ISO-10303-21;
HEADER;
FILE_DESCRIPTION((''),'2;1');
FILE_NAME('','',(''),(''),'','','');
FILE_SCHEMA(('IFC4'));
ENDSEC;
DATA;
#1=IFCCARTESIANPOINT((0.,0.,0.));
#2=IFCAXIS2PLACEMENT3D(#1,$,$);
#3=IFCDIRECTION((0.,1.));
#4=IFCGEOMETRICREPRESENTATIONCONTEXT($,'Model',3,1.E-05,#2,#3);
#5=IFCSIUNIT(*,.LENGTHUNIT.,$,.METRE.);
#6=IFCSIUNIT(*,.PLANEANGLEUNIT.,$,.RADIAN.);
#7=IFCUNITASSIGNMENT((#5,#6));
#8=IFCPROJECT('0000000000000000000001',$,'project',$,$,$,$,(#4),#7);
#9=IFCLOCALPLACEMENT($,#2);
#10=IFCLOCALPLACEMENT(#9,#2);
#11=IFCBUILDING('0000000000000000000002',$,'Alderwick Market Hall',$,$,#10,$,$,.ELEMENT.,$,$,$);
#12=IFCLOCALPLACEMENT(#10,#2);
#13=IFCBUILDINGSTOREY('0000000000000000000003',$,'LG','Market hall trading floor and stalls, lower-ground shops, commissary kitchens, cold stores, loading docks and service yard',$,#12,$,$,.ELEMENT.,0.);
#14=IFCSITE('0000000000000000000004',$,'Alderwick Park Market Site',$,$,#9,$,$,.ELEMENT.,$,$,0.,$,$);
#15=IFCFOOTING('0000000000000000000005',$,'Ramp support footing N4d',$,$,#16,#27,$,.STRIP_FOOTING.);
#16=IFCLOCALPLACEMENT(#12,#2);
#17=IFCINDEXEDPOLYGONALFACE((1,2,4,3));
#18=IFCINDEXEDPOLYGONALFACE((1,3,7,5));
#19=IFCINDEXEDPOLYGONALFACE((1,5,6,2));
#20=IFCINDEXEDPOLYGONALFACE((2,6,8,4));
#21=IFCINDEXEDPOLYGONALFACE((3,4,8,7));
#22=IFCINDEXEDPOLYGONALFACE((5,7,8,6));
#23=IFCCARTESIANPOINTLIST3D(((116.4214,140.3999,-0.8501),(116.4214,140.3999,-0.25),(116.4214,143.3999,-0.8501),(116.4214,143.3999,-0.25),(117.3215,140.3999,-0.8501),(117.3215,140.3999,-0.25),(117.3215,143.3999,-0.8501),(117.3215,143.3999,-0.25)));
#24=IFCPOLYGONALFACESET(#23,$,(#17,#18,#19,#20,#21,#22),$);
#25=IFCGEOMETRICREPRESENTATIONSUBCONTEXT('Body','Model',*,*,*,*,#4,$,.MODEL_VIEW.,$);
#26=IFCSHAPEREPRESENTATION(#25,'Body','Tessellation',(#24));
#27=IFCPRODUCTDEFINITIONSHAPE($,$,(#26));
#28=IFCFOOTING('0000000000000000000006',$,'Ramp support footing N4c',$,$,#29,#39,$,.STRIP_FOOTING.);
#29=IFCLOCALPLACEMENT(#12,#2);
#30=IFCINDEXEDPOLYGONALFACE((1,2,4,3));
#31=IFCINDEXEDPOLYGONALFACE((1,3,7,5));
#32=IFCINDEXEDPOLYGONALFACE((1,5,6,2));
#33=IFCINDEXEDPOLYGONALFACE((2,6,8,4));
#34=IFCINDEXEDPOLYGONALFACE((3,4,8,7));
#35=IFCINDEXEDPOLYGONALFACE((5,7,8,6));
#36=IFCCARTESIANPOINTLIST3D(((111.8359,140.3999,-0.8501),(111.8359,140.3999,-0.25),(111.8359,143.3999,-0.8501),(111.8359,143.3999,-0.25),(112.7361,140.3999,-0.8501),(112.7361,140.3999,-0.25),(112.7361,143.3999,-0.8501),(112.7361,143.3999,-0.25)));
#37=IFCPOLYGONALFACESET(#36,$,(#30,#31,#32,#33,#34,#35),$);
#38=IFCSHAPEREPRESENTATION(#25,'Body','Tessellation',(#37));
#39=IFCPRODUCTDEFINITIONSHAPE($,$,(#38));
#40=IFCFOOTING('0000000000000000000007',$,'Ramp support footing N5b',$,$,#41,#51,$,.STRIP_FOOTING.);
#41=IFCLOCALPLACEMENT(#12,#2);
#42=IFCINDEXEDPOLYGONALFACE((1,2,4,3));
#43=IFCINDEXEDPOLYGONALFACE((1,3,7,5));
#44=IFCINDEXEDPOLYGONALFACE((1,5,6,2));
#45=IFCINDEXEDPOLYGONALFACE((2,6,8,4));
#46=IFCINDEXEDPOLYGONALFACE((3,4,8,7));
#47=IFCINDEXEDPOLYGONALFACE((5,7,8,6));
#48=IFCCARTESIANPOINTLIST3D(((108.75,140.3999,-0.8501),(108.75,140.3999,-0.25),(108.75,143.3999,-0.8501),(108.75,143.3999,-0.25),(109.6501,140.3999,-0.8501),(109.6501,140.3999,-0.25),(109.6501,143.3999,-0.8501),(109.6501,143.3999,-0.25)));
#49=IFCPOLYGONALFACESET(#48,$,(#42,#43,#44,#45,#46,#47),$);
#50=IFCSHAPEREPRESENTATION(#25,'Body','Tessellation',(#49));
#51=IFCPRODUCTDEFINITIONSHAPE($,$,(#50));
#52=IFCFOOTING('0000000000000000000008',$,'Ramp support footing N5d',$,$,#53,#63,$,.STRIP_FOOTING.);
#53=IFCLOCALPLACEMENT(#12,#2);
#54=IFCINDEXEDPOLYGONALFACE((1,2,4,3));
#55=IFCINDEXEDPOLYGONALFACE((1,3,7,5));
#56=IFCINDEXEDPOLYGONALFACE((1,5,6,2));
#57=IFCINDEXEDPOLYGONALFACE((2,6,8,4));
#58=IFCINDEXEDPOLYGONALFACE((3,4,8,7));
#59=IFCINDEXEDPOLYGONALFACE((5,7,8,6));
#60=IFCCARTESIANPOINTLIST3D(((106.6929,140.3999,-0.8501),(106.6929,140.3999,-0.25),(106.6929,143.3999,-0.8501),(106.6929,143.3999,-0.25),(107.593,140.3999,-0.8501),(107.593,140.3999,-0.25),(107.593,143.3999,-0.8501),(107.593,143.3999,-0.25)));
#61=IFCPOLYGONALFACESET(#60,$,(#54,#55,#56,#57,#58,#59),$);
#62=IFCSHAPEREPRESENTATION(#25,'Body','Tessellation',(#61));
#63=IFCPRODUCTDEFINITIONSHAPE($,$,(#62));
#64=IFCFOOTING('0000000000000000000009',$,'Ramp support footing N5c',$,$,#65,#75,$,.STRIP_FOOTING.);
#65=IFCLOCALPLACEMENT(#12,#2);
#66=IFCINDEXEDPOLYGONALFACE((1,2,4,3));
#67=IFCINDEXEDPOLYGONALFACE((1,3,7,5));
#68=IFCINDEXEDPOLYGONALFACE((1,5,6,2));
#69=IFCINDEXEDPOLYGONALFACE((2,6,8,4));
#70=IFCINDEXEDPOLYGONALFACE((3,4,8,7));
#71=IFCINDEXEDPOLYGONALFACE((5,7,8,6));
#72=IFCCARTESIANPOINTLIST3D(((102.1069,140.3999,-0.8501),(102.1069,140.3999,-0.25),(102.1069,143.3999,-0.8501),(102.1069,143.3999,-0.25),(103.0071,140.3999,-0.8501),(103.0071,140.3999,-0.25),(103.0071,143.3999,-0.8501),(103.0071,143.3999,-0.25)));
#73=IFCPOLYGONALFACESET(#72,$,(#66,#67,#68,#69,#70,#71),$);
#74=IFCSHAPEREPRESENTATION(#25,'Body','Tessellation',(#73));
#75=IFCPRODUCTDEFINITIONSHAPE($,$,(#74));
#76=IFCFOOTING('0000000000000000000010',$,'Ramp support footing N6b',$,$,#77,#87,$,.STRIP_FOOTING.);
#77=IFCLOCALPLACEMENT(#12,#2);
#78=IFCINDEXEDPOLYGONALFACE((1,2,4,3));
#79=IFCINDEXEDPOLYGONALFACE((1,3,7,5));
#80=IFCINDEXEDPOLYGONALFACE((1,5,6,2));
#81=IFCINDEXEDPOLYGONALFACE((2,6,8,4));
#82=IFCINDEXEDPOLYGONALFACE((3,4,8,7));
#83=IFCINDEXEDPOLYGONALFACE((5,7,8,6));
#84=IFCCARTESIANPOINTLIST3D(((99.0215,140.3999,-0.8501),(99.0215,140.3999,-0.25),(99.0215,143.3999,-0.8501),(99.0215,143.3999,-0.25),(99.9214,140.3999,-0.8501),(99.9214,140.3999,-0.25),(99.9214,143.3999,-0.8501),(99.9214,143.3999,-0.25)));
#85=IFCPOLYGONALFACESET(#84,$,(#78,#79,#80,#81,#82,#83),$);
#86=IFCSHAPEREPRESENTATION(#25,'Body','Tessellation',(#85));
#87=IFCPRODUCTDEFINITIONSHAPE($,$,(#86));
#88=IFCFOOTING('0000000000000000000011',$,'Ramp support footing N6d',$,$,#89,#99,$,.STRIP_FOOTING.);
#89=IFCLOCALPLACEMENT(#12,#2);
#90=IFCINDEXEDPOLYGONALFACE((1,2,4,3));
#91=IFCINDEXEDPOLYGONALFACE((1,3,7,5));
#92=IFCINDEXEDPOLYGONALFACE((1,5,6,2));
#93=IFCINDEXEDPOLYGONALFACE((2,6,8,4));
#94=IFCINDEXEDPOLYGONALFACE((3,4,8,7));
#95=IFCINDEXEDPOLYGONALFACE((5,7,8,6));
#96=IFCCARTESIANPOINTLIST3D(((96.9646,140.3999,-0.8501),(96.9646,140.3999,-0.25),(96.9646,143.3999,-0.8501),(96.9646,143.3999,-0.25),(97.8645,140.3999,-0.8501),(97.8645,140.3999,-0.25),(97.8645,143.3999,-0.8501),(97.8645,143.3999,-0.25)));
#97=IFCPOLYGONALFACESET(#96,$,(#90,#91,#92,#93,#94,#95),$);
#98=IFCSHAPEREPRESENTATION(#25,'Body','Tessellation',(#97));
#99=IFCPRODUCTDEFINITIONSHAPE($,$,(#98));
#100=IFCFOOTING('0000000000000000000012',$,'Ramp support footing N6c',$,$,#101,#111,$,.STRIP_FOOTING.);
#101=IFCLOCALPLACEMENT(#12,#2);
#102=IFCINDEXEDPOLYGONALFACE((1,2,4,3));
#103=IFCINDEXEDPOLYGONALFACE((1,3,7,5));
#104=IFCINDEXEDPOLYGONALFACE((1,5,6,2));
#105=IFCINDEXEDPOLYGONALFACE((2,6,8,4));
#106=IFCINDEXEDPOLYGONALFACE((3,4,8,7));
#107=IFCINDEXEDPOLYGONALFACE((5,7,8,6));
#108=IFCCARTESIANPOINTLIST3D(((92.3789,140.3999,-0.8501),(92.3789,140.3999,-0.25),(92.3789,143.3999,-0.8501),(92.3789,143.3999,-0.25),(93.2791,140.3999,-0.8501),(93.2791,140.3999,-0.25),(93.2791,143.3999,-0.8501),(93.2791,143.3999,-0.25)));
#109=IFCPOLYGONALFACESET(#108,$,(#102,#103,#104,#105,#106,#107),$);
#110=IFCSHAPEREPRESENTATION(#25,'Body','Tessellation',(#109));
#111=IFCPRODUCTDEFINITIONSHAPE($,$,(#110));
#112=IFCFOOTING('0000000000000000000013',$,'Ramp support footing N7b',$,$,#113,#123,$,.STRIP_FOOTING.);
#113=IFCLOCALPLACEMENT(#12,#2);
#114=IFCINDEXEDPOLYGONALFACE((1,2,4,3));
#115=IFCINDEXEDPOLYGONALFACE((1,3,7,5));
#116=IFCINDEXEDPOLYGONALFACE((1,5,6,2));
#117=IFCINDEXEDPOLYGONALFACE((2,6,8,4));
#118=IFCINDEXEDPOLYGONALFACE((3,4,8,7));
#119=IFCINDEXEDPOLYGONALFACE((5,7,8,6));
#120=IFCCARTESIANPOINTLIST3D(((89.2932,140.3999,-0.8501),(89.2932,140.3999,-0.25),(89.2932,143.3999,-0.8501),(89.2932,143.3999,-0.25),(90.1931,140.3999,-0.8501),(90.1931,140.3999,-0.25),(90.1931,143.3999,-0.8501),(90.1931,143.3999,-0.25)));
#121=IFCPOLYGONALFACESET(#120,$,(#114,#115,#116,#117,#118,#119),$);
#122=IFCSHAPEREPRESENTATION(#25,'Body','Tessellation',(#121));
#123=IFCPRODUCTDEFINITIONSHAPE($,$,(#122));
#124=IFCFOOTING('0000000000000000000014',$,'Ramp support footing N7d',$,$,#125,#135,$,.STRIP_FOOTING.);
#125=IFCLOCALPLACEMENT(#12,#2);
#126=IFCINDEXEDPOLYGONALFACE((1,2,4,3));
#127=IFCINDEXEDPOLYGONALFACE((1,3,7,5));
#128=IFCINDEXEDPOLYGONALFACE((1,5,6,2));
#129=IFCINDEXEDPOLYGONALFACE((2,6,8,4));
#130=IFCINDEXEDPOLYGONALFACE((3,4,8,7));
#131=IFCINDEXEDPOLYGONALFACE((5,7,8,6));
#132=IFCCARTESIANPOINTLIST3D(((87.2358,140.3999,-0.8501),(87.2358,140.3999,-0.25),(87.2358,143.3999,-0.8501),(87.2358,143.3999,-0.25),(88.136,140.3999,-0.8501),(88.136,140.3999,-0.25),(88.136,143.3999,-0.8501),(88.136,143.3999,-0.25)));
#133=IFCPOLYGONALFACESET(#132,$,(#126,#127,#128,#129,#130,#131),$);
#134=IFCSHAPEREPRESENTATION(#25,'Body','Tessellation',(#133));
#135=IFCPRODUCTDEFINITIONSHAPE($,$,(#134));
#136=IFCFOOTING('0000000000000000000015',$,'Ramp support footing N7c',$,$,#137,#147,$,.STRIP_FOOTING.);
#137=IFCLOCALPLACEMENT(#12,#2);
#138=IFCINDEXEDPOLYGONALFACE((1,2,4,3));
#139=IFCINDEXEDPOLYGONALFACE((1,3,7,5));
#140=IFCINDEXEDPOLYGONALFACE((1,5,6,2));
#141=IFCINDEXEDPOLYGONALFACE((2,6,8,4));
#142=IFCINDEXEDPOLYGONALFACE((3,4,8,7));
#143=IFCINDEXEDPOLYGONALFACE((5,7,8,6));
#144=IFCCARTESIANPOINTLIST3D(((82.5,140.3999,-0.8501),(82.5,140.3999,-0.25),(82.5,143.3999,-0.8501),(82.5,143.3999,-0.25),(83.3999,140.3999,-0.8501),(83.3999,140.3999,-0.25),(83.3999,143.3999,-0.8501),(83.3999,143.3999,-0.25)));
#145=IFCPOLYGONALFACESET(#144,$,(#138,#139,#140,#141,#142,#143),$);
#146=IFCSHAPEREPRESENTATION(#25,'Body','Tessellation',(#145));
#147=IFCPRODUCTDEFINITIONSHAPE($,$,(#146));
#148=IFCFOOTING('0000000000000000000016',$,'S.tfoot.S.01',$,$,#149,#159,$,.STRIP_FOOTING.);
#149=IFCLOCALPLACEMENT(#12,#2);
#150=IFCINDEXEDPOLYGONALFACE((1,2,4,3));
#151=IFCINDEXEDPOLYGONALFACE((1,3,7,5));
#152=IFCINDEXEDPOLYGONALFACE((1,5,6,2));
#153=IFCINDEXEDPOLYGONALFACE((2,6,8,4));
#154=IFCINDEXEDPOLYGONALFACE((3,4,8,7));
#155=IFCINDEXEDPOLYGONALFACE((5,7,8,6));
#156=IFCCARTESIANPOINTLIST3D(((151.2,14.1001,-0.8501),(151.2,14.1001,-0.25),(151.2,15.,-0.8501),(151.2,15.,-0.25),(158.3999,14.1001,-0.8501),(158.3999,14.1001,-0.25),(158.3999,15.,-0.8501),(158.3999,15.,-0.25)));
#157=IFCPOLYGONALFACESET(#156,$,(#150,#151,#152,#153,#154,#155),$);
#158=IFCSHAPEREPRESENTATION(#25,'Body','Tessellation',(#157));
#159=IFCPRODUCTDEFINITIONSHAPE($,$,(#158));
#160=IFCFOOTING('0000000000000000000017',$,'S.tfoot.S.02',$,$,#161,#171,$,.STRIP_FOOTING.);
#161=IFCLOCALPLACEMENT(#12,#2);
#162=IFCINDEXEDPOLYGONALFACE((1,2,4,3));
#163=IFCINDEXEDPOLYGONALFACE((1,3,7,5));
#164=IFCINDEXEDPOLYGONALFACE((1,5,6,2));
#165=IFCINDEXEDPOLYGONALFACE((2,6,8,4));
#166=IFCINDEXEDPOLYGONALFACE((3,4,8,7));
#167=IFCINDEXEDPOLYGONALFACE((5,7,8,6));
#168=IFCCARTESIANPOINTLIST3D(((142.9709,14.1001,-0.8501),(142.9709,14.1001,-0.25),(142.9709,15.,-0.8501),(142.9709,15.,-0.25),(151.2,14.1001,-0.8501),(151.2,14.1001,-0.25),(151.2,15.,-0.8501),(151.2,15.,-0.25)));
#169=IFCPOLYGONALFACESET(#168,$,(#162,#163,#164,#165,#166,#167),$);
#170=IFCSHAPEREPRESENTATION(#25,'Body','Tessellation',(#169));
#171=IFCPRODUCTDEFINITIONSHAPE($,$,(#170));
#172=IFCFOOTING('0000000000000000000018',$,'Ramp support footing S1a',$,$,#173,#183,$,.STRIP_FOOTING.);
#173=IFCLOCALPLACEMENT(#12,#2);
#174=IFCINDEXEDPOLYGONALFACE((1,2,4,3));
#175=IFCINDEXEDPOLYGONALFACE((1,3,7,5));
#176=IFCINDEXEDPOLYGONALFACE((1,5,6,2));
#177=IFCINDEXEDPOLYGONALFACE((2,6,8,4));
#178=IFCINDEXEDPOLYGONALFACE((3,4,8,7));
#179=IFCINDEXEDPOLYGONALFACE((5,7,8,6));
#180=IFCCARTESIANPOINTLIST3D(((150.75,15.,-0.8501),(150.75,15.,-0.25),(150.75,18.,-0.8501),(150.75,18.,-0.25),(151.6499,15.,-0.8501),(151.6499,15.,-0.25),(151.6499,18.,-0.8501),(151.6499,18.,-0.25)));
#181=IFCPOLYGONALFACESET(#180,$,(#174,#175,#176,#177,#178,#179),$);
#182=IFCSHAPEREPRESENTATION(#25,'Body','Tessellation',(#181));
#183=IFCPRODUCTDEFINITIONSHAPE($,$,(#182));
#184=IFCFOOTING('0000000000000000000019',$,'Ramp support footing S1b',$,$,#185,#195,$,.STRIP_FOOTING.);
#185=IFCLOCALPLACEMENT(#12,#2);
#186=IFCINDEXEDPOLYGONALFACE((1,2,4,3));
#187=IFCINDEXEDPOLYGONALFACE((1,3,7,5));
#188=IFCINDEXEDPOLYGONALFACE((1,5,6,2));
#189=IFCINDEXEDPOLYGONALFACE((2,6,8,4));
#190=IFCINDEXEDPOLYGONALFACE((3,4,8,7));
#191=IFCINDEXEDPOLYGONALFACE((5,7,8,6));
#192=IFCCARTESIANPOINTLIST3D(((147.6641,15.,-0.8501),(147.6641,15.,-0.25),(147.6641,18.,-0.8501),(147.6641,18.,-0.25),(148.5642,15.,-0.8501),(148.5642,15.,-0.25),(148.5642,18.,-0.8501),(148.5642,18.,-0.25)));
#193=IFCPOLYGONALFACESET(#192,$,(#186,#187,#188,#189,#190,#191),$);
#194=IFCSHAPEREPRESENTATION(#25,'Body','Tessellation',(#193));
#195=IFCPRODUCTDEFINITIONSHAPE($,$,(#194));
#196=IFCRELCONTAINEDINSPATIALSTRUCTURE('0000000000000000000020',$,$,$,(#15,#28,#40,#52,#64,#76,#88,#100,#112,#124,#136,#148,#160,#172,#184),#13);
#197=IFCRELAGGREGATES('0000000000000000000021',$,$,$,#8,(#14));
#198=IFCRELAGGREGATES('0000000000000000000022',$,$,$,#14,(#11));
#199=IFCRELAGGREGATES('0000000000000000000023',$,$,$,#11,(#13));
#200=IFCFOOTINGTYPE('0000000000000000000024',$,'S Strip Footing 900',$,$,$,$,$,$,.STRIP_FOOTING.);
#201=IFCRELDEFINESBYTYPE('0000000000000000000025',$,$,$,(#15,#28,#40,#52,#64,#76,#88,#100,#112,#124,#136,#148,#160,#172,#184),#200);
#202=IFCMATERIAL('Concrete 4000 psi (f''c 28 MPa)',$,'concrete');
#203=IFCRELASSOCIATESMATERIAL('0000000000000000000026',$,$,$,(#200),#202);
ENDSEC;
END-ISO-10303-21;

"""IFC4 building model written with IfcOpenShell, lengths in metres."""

from ifc_helpers import new_model, si_unit, direction, frame, origin, place, context, subcontext, project, spatial, polyline, outline, extrude, material, type_object, element, save


model = new_model("IFC4")

# Units and contexts
model_context = context("Model", 3, precision=1e-05, world=origin(), true_north=direction((0.0, 1.0)))
body_context = subcontext(model_context, "Body", "Model", "MODEL_VIEW")
ifc_project = project(units=[si_unit("LENGTHUNIT", "METRE"), si_unit("PLANEANGLEUNIT", "RADIAN")], contexts=[model_context])

# Site, building, storey
site_placement = place(None, origin())
site = spatial("IfcSite", under=ifc_project, at=site_placement, Name="Alderwick Park Market Site", CompositionType="ELEMENT", RefElevation=0.0)
building_placement = place(site_placement, origin())
building = spatial("IfcBuilding", under=site, at=building_placement, Name="Alderwick Market Hall", CompositionType="ELEMENT")
storey_placement = place(building_placement, origin())
storey = spatial("IfcBuildingStorey", under=building, at=storey_placement, Name="LG", Description="Market hall trading floor and stalls, lower-ground shops, commissary kitchens, cold stores, loading docks and service yard", CompositionType="ELEMENT", Elevation=0.0)

# Footings
ifc_material = material(Name="Concrete 4000 psi (f'c 28 MPa)", Category="concrete")
footing_type = type_object("IfcFootingType", Name="S Strip Footing 900", PredefinedType="STRIP_FOOTING", material=ifc_material)
footing_1_placement = place(storey_placement, frame((0.0, 0.0, -0.8501)))
element("IfcFooting", 1, at=footing_1_placement, inside=storey, type_object=footing_type, Name="Ramp support footing N4d", PredefinedType="STRIP_FOOTING", context=body_context, shape_type="SweptSolid", body=[
    extrude(outline(polyline([(117.3215, 140.3999), (117.3215, 143.3999), (116.4214, 143.3999), (116.4214, 140.3999), (117.3215, 140.3999)])), origin(), (0.0, 0.0, 1.0), 0.6001),
])
footing_2_placement = place(storey_placement, frame((0.0, 0.0, -0.8501)))
element("IfcFooting", 2, at=footing_2_placement, inside=storey, type_object=footing_type, Name="Ramp support footing N4c", PredefinedType="STRIP_FOOTING", context=body_context, shape_type="SweptSolid", body=[
    extrude(outline(polyline([(112.7361, 140.3999), (112.7361, 143.3999), (111.8359, 143.3999), (111.8359, 140.3999), (112.7361, 140.3999)])), origin(), (0.0, 0.0, 1.0), 0.6001),
])
footing_3_placement = place(storey_placement, frame((0.0, 0.0, -0.8501)))
element("IfcFooting", 3, at=footing_3_placement, inside=storey, type_object=footing_type, Name="Ramp support footing N5b", PredefinedType="STRIP_FOOTING", context=body_context, shape_type="SweptSolid", body=[
    extrude(outline(polyline([(109.6501, 140.3999), (109.6501, 143.3999), (108.75, 143.3999), (108.75, 140.3999), (109.6501, 140.3999)])), origin(), (0.0, 0.0, 1.0), 0.6001),
])
footing_4_placement = place(storey_placement, frame((0.0, 0.0, -0.8501)))
element("IfcFooting", 4, at=footing_4_placement, inside=storey, type_object=footing_type, Name="Ramp support footing N5d", PredefinedType="STRIP_FOOTING", context=body_context, shape_type="SweptSolid", body=[
    extrude(outline(polyline([(107.593, 140.3999), (107.593, 143.3999), (106.6929, 143.3999), (106.6929, 140.3999), (107.593, 140.3999)])), origin(), (0.0, 0.0, 1.0), 0.6001),
])
footing_5_placement = place(storey_placement, frame((0.0, 0.0, -0.8501)))
element("IfcFooting", 5, at=footing_5_placement, inside=storey, type_object=footing_type, Name="Ramp support footing N5c", PredefinedType="STRIP_FOOTING", context=body_context, shape_type="SweptSolid", body=[
    extrude(outline(polyline([(103.0071, 140.3999), (103.0071, 143.3999), (102.1069, 143.3999), (102.1069, 140.3999), (103.0071, 140.3999)])), origin(), (0.0, 0.0, 1.0), 0.6001),
])
footing_6_placement = place(storey_placement, frame((0.0, 0.0, -0.8501)))
element("IfcFooting", 6, at=footing_6_placement, inside=storey, type_object=footing_type, Name="Ramp support footing N6b", PredefinedType="STRIP_FOOTING", context=body_context, shape_type="SweptSolid", body=[
    extrude(outline(polyline([(99.9214, 140.3999), (99.9214, 143.3999), (99.0215, 143.3999), (99.0215, 140.3999), (99.9214, 140.3999)])), origin(), (0.0, 0.0, 1.0), 0.6001),
])
footing_7_placement = place(storey_placement, frame((0.0, 0.0, -0.8501)))
element("IfcFooting", 7, at=footing_7_placement, inside=storey, type_object=footing_type, Name="Ramp support footing N6d", PredefinedType="STRIP_FOOTING", context=body_context, shape_type="SweptSolid", body=[
    extrude(outline(polyline([(97.8645, 140.3999), (97.8645, 143.3999), (96.9646, 143.3999), (96.9646, 140.3999), (97.8645, 140.3999)])), origin(), (0.0, 0.0, 1.0), 0.6001),
])
footing_8_placement = place(storey_placement, frame((0.0, 0.0, -0.8501)))
element("IfcFooting", 8, at=footing_8_placement, inside=storey, type_object=footing_type, Name="Ramp support footing N6c", PredefinedType="STRIP_FOOTING", context=body_context, shape_type="SweptSolid", body=[
    extrude(outline(polyline([(93.2791, 140.3999), (93.2791, 143.3999), (92.3789, 143.3999), (92.3789, 140.3999), (93.2791, 140.3999)])), origin(), (0.0, 0.0, 1.0), 0.6001),
])
footing_9_placement = place(storey_placement, frame((0.0, 0.0, -0.8501)))
element("IfcFooting", 9, at=footing_9_placement, inside=storey, type_object=footing_type, Name="Ramp support footing N7b", PredefinedType="STRIP_FOOTING", context=body_context, shape_type="SweptSolid", body=[
    extrude(outline(polyline([(90.1931, 140.3999), (90.1931, 143.3999), (89.2932, 143.3999), (89.2932, 140.3999), (90.1931, 140.3999)])), origin(), (0.0, 0.0, 1.0), 0.6001),
])
footing_10_placement = place(storey_placement, frame((0.0, 0.0, -0.8501)))
element("IfcFooting", 10, at=footing_10_placement, inside=storey, type_object=footing_type, Name="Ramp support footing N7d", PredefinedType="STRIP_FOOTING", context=body_context, shape_type="SweptSolid", body=[
    extrude(outline(polyline([(88.136, 140.3999), (88.136, 143.3999), (87.2358, 143.3999), (87.2358, 140.3999), (88.136, 140.3999)])), origin(), (0.0, 0.0, 1.0), 0.6001),
])
footing_11_placement = place(storey_placement, frame((0.0, 0.0, -0.8501)))
element("IfcFooting", 11, at=footing_11_placement, inside=storey, type_object=footing_type, Name="Ramp support footing N7c", PredefinedType="STRIP_FOOTING", context=body_context, shape_type="SweptSolid", body=[
    extrude(outline(polyline([(83.3999, 140.3999), (83.3999, 143.3999), (82.5, 143.3999), (82.5, 140.3999), (83.3999, 140.3999)])), origin(), (0.0, 0.0, 1.0), 0.6001),
])
footing_12_placement = place(storey_placement, frame((0.0, 0.0, -0.8501)))
element("IfcFooting", 12, at=footing_12_placement, inside=storey, type_object=footing_type, Name="S.tfoot.S.01", PredefinedType="STRIP_FOOTING", context=body_context, shape_type="SweptSolid", body=[
    extrude(outline(polyline([(158.3999, 14.1001), (158.3999, 15.0), (151.2, 15.0), (151.2, 14.1001), (158.3999, 14.1001)])), origin(), (0.0, 0.0, 1.0), 0.6001),
])
footing_13_placement = place(storey_placement, frame((0.0, 0.0, -0.8501)))
element("IfcFooting", 13, at=footing_13_placement, inside=storey, type_object=footing_type, Name="S.tfoot.S.02", PredefinedType="STRIP_FOOTING", context=body_context, shape_type="SweptSolid", body=[
    extrude(outline(polyline([(151.2, 14.1001), (151.2, 15.0), (142.9709, 15.0), (142.9709, 14.1001), (151.2, 14.1001)])), origin(), (0.0, 0.0, 1.0), 0.6001),
])
footing_14_placement = place(storey_placement, frame((0.0, 0.0, -0.8501)))
element("IfcFooting", 14, at=footing_14_placement, inside=storey, type_object=footing_type, Name="Ramp support footing S1a", PredefinedType="STRIP_FOOTING", context=body_context, shape_type="SweptSolid", body=[
    extrude(outline(polyline([(151.6499, 15.0), (151.6499, 18.0), (150.75, 18.0), (150.75, 15.0), (151.6499, 15.0)])), origin(), (0.0, 0.0, 1.0), 0.6001),
])
footing_15_placement = place(storey_placement, frame((0.0, 0.0, -0.8501)))
element("IfcFooting", 15, at=footing_15_placement, inside=storey, type_object=footing_type, Name="Ramp support footing S1b", PredefinedType="STRIP_FOOTING", context=body_context, shape_type="SweptSolid", body=[
    extrude(outline(polyline([(148.5642, 15.0), (148.5642, 18.0), (147.6641, 18.0), (147.6641, 15.0), (148.5642, 15.0)])), origin(), (0.0, 0.0, 1.0), 0.6001),
])

save(model, "model.ifc")
